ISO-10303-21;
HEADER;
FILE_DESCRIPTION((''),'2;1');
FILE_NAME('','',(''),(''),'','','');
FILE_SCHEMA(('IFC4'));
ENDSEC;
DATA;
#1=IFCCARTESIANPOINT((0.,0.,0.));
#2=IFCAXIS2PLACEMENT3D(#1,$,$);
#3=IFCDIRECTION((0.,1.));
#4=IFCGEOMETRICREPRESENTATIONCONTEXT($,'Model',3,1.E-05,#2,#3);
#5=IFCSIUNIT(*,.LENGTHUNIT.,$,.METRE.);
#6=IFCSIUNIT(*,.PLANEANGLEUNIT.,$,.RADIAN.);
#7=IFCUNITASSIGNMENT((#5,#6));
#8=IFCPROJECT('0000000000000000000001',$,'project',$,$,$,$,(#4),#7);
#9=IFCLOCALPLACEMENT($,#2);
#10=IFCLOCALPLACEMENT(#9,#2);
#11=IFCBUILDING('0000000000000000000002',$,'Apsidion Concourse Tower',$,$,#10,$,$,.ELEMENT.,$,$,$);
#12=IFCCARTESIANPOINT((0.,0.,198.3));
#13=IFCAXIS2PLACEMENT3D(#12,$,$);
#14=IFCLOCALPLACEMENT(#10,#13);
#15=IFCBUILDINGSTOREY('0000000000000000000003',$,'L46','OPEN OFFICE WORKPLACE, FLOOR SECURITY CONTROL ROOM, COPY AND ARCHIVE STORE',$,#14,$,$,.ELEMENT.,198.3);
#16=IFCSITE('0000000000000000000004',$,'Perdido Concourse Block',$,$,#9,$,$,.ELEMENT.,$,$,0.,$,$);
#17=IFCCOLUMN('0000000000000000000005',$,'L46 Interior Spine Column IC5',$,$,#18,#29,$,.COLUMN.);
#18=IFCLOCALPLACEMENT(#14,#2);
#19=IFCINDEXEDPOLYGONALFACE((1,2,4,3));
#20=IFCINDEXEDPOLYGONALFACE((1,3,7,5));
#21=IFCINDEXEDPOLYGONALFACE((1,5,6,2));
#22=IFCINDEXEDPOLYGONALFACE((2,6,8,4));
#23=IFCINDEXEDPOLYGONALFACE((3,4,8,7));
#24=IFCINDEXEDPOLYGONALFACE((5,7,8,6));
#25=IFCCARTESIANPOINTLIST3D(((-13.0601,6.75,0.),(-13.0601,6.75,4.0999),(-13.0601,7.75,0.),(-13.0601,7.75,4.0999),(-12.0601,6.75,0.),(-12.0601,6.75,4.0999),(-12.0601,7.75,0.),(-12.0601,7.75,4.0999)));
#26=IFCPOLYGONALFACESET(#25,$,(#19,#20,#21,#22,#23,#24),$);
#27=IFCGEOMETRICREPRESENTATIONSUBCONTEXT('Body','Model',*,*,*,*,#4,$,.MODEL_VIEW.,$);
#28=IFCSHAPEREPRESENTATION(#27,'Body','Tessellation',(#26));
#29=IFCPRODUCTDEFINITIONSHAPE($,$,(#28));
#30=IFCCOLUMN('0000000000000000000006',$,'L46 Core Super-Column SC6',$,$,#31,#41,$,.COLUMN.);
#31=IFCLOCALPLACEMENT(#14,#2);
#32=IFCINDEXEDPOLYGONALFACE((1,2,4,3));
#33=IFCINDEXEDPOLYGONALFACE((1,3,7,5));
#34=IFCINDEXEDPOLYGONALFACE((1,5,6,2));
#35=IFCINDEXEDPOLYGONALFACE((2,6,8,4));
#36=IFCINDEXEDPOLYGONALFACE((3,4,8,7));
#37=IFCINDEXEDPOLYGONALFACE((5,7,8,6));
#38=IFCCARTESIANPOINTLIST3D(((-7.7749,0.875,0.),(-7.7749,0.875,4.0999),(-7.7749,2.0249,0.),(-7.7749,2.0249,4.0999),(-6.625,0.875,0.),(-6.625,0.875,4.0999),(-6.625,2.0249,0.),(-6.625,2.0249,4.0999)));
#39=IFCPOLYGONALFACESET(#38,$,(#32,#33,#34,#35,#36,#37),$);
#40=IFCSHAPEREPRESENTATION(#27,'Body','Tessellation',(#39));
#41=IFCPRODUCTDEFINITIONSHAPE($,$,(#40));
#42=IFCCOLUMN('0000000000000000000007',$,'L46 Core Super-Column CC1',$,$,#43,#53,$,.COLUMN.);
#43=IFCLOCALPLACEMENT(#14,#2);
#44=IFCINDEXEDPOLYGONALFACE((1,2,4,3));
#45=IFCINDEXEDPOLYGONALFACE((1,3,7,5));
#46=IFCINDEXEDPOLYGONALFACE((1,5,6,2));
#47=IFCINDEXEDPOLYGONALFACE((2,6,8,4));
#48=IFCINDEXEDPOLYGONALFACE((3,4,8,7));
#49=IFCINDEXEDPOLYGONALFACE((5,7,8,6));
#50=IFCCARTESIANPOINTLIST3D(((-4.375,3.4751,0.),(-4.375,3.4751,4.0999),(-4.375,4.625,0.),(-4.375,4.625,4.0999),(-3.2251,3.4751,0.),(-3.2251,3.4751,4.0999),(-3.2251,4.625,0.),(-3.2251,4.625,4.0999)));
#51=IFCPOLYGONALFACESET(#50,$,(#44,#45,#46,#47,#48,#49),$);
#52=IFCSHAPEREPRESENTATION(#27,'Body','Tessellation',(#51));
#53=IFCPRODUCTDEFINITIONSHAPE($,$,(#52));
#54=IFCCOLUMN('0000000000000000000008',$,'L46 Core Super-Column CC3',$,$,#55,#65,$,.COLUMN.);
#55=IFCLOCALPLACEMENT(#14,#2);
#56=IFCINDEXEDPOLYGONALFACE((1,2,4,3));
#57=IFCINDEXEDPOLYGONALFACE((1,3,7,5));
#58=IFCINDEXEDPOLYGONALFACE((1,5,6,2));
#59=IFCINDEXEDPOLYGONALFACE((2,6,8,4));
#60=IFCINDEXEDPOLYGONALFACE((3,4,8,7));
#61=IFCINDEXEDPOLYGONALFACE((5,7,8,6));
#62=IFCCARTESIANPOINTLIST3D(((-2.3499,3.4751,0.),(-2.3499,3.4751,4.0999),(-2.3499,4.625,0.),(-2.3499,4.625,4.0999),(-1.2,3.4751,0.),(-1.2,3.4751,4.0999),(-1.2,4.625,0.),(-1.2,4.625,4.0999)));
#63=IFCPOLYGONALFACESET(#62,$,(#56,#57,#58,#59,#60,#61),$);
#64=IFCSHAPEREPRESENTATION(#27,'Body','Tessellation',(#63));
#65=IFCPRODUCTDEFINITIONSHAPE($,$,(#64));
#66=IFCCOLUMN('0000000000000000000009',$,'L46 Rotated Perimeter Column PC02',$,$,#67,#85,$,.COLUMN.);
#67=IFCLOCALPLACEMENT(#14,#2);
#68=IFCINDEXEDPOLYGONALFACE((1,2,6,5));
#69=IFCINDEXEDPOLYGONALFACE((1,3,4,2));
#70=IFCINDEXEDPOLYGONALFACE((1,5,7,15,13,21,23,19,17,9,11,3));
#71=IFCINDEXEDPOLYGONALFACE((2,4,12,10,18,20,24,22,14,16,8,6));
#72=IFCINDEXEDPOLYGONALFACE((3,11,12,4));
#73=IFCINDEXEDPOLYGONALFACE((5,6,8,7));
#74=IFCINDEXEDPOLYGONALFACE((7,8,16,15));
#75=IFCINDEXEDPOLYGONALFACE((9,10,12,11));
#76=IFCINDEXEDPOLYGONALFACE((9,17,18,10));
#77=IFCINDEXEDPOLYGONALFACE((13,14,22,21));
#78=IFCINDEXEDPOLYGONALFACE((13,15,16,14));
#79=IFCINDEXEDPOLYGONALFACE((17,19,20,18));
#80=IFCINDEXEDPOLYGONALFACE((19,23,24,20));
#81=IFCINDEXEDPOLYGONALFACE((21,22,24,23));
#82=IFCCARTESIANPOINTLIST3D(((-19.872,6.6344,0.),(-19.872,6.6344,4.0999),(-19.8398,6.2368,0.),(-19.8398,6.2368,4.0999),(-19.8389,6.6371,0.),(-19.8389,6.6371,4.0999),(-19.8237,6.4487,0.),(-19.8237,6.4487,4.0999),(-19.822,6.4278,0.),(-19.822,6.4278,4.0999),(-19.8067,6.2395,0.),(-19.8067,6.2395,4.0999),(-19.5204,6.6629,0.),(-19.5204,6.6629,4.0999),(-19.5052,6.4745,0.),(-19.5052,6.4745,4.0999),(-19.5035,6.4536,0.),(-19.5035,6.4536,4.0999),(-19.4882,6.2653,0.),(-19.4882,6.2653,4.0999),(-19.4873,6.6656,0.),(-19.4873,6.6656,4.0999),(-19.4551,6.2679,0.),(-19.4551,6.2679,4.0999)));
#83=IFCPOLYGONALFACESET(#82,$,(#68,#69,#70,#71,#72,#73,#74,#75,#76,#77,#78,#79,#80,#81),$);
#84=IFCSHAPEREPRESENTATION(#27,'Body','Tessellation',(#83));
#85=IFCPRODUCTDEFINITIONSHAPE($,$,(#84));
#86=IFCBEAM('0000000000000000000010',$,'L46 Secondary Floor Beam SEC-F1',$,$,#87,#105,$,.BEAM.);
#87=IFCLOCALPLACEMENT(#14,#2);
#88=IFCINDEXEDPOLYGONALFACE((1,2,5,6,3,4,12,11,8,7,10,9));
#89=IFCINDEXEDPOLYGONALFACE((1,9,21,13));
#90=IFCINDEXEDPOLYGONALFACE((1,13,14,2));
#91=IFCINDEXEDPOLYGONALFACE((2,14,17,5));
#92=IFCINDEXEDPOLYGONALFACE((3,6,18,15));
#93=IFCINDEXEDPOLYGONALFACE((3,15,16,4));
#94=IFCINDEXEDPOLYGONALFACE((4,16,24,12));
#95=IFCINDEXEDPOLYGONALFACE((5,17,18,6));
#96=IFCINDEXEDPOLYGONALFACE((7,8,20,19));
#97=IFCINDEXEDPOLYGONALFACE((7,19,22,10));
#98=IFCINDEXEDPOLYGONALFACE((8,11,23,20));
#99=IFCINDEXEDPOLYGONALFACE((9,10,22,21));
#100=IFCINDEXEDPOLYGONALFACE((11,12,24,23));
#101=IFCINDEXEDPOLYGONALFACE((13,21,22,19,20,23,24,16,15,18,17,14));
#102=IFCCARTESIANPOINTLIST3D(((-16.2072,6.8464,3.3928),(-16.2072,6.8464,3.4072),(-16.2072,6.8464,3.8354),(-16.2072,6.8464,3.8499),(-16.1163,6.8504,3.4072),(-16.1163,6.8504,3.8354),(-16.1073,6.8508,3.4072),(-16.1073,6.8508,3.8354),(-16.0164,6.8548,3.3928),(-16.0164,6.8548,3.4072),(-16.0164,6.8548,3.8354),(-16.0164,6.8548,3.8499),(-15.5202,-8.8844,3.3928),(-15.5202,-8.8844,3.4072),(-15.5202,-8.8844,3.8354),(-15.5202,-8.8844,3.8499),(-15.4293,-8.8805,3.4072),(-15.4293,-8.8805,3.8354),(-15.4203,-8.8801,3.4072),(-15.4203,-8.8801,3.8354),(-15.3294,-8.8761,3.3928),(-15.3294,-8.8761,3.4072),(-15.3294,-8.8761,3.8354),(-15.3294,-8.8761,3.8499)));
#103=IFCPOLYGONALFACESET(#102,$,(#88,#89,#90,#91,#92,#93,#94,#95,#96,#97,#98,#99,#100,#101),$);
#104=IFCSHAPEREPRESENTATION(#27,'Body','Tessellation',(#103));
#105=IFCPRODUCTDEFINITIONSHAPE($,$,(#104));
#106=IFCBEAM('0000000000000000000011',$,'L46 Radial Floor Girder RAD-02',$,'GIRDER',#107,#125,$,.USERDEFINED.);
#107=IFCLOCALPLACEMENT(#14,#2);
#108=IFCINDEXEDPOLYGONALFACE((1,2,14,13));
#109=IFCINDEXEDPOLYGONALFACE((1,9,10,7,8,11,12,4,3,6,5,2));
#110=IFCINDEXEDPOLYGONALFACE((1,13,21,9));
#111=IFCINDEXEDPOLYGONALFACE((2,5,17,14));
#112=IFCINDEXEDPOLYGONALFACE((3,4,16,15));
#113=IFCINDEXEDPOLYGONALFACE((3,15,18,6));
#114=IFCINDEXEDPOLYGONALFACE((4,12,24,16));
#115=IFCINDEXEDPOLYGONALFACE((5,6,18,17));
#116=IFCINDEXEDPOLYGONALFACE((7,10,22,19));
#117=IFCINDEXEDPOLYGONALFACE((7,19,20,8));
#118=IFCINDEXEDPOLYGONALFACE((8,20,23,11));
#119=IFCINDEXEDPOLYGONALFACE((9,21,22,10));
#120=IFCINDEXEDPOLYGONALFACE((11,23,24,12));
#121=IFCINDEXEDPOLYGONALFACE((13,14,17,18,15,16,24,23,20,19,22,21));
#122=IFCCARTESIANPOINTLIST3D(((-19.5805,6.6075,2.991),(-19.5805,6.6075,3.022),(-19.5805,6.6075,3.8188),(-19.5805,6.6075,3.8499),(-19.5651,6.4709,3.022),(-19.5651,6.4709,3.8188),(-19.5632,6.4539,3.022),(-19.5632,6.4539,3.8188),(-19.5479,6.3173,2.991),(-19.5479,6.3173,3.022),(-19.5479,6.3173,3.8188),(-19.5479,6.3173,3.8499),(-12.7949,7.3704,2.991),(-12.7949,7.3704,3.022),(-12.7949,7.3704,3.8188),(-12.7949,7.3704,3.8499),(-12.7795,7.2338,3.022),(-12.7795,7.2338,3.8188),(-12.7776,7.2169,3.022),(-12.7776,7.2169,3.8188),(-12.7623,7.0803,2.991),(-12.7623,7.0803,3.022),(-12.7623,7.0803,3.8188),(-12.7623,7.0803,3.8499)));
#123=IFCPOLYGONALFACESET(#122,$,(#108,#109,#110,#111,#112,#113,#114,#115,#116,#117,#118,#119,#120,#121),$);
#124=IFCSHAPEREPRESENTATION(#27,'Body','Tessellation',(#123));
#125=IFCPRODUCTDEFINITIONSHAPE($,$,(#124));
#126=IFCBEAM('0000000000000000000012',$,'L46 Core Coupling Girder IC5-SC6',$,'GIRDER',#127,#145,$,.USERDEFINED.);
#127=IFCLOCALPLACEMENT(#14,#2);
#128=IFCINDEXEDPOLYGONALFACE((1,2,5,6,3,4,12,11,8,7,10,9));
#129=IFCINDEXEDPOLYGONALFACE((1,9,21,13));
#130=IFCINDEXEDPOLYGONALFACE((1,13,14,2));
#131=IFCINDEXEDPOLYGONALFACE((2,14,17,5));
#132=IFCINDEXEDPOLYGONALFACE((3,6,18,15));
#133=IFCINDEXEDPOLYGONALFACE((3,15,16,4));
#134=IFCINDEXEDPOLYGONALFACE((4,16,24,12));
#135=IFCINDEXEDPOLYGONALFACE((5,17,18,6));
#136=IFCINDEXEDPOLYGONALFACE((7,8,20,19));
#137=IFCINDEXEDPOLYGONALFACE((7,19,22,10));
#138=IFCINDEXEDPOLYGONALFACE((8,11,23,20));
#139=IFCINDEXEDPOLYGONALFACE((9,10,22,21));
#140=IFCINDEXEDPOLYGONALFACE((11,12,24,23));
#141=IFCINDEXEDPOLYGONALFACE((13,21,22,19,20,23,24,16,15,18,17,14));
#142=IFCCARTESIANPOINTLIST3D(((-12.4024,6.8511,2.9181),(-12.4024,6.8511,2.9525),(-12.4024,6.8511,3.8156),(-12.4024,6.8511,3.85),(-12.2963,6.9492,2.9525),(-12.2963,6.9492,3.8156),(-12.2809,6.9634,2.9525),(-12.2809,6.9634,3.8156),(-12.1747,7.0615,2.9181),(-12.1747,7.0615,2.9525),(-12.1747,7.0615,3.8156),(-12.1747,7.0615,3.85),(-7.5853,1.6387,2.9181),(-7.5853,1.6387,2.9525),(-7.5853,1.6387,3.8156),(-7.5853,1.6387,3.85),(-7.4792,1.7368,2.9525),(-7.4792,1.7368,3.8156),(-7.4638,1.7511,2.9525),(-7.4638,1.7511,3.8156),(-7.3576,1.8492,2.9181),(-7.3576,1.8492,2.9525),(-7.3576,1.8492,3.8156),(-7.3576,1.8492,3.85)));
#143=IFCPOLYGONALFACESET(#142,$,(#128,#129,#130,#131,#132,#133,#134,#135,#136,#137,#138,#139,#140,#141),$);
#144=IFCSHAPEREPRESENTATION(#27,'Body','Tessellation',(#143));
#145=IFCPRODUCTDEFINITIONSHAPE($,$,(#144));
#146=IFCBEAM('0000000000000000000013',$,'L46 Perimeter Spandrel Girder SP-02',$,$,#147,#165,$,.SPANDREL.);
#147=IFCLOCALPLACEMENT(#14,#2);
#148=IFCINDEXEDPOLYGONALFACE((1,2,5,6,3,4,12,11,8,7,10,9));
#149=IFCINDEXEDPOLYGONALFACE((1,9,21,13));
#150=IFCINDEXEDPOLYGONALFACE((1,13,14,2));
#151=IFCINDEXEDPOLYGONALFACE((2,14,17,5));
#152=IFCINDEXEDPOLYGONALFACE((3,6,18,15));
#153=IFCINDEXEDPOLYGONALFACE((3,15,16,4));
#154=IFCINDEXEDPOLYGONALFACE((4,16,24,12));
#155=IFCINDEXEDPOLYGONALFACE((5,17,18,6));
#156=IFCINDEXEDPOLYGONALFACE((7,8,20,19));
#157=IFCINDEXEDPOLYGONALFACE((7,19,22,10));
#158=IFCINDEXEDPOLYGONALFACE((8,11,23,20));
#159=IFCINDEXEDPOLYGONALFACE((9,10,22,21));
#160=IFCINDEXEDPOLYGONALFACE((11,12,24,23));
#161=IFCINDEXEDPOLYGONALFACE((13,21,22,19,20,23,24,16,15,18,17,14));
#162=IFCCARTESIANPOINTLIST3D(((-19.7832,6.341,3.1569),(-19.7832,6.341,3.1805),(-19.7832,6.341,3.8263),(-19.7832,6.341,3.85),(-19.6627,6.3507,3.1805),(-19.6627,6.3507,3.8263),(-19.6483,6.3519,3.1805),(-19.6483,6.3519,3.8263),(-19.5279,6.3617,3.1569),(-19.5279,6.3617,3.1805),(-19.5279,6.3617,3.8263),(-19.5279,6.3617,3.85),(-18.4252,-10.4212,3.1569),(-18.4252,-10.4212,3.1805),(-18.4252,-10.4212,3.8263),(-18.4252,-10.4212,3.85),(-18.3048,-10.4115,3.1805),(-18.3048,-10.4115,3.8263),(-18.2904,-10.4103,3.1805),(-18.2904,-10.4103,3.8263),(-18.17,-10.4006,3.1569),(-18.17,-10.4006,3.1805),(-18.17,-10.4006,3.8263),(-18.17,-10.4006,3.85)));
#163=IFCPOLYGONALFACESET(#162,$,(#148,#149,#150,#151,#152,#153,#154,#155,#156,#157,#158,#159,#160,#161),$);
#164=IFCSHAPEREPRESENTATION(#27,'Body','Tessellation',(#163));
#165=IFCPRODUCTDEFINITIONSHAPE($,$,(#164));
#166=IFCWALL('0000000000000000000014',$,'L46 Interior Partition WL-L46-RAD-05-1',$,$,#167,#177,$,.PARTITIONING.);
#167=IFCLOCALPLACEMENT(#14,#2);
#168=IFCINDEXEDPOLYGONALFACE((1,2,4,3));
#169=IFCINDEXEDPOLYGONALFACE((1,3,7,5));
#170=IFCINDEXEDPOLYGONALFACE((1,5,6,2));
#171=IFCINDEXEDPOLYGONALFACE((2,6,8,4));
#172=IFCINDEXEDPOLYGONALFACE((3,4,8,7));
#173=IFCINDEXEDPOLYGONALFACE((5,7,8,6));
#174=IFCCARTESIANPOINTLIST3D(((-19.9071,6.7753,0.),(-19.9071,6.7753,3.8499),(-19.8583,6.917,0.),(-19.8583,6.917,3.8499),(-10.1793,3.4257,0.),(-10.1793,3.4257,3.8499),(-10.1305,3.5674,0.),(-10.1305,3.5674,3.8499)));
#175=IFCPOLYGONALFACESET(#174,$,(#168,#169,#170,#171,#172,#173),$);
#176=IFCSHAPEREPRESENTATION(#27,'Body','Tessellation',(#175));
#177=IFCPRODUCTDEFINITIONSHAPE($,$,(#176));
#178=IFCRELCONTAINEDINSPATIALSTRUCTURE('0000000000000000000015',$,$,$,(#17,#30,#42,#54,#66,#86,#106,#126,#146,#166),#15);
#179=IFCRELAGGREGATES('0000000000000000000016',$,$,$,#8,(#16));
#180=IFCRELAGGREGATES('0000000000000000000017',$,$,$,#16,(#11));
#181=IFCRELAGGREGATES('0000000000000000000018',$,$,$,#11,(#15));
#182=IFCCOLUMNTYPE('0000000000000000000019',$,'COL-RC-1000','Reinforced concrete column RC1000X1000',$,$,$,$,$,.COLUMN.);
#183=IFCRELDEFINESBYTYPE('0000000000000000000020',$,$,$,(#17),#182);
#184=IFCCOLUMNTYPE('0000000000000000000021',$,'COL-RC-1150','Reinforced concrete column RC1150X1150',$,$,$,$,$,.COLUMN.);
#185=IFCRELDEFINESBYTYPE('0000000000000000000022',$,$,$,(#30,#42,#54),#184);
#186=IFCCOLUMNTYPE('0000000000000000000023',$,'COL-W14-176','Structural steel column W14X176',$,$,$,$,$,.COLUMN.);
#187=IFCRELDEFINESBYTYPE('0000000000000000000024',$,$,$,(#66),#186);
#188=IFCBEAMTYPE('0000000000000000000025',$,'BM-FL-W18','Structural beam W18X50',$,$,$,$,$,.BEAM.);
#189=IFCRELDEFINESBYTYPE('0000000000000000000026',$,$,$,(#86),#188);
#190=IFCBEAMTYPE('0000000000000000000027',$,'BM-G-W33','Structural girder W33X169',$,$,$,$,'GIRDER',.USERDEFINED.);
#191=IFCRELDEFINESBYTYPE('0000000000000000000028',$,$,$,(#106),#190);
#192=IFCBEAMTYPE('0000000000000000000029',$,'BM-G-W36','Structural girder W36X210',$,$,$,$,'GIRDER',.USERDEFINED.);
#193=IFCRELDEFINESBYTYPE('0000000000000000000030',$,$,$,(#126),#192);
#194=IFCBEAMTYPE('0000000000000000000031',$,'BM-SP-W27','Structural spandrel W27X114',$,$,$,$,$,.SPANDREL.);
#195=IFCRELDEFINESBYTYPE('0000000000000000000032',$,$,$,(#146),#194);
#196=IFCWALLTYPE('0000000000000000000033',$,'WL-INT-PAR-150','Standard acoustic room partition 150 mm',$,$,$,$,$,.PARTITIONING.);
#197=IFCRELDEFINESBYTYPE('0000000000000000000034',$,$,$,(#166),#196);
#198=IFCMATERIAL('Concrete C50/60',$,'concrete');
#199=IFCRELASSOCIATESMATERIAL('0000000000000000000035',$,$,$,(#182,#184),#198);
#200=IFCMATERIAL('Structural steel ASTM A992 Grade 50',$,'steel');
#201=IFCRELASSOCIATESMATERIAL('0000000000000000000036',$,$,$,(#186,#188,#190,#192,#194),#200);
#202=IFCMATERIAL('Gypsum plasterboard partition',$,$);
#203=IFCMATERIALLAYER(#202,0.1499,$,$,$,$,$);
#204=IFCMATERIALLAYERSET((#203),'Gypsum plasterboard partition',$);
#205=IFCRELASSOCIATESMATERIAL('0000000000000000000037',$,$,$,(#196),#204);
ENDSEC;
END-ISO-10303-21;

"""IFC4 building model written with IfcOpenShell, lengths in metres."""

from ifc_helpers import new_model, si_unit, direction, frame, frame_2d, origin, origin_2d, place, context, subcontext, project, spatial, rectangle, i_section, extrude, material, layer, layer_set, material_profile, profile_set, type_object, element, save


model = new_model("IFC4")

# Units and contexts
model_context = context("Model", 3, precision=1e-05, world=origin(), true_north=direction((0.0, 1.0)))
body_context = subcontext(model_context, "Body", "Model", "MODEL_VIEW")
ifc_project = project(units=[si_unit("LENGTHUNIT", "METRE"), si_unit("PLANEANGLEUNIT", "RADIAN")], contexts=[model_context])

# Site, building, storey
site_placement = place(None, origin())
site = spatial("IfcSite", under=ifc_project, at=site_placement, Name="Perdido Concourse Block", CompositionType="ELEMENT", RefElevation=0.0)
building_placement = place(site_placement, origin())
building = spatial("IfcBuilding", under=site, at=building_placement, Name="Apsidion Concourse Tower", CompositionType="ELEMENT")
storey_placement = place(building_placement, frame((0.0, 0.0, 198.3)))
storey = spatial("IfcBuildingStorey", under=building, at=storey_placement, Name="L46", Description="OPEN OFFICE WORKPLACE, FLOOR SECURITY CONTROL ROOM, COPY AND ARCHIVE STORE", CompositionType="ELEMENT", Elevation=198.3)

# Columns
ifc_material_1 = material(Name="Concrete C50/60", Category="concrete")
ifc_material_profile_1 = material_profile(ifc_material_1, rectangle(XDim=1.0, YDim=1.0, at=origin_2d()), Name="RC 1000x1000")
ifc_profile_set_1 = profile_set([ifc_material_profile_1], Name="Concrete C50/60")
column_type_1 = type_object("IfcColumnType", Name="COL-RC-1000", Description="Reinforced concrete column RC1000X1000", PredefinedType="COLUMN", material=ifc_profile_set_1)
column_1_placement = place(storey_placement, frame((-12.5601, 7.25, 0.0), z_axis=(0.0, 0.0, 1.0), x_axis=(1.0, 0.0, 0.0)))
element("IfcColumn", 1, at=column_1_placement, inside=storey, type_object=column_type_1, Name="L46 Interior Spine Column IC5", PredefinedType="COLUMN", context=body_context, shape_type="SweptSolid", body=[
    extrude(rectangle(XDim=1.0, YDim=1.0, at=origin_2d()), origin(), (0.0, 0.0, 1.0), 4.0999),
])
ifc_material_profile_2 = material_profile(ifc_material_1, rectangle(XDim=1.1499, YDim=1.1499, at=origin_2d()), Name="RC 1150x1150")
ifc_profile_set_2 = profile_set([ifc_material_profile_2], Name="Concrete C50/60")
column_type_2 = type_object("IfcColumnType", Name="COL-RC-1150", Description="Reinforced concrete column RC1150X1150", PredefinedType="COLUMN", material=ifc_profile_set_2)
for number, where, z_axis, x_axis, name in (
    (2, (-7.2, 1.45, 0.0), (0.0, 0.0, 1.0), (1.0, 0.0, 0.0), "L46 Core Super-Column SC6"),
    (3, (-3.8, 4.05, 0.0), (0.0, 0.0, 1.0), (1.0, 0.0, 0.0), "L46 Core Super-Column CC1"),
    (4, (-1.7749, 4.05, 0.0), (0.0, 0.0, 1.0), (1.0, 0.0, 0.0), "L46 Core Super-Column CC3"),
):
    element("IfcColumn", number, at=place(storey_placement, frame(where, z_axis=z_axis, x_axis=x_axis)), inside=storey, type_object=column_type_2, Name=name, PredefinedType="COLUMN", context=body_context, shape_type="SweptSolid", body=[
        extrude(rectangle(XDim=1.1499, YDim=1.1499, at=origin_2d()), origin(), (0.0, 0.0, 1.0), 4.0999),
    ])
ifc_material_2 = material(Name="Structural steel ASTM A992 Grade 50", Category="steel")
ifc_material_profile_3 = material_profile(ifc_material_2, i_section(OverallWidth=0.3989, OverallDepth=0.386, WebThickness=0.021, FlangeThickness=0.0332, at=origin_2d()), Name="W14X176")
ifc_profile_set_3 = profile_set([ifc_material_profile_3], Name="Structural steel ASTM A992 Grade 50")
column_type_3 = type_object("IfcColumnType", Name="COL-W14-176", Description="Structural steel column W14X176", PredefinedType="COLUMN", material=ifc_profile_set_3)
column_2_placement = place(storey_placement, frame((-19.6636, 6.4512, 0.0), z_axis=(0.0, 0.0, 1.0), x_axis=(-0.080721, 0.996737, 0.0)))
element("IfcColumn", 5, at=column_2_placement, inside=storey, type_object=column_type_3, Name="L46 Rotated Perimeter Column PC02", PredefinedType="COLUMN", context=body_context, shape_type="SweptSolid", body=[
    extrude(i_section(OverallWidth=0.3989, OverallDepth=0.386, WebThickness=0.021, FlangeThickness=0.0332, at=origin_2d()), origin(), (0.0, 0.0, 1.0), 4.0999),
])

# Beams
ifc_material_profile_4 = material_profile(ifc_material_2, i_section(OverallWidth=0.1909, OverallDepth=0.457, WebThickness=0.009, FlangeThickness=0.0144, at=origin_2d()), Name="W18X50")
ifc_profile_set_4 = profile_set([ifc_material_profile_4], Name="Structural steel ASTM A992 Grade 50")
beam_type_1 = type_object("IfcBeamType", Name="BM-FL-W18", Description="Structural beam W18X50", PredefinedType="BEAM", material=ifc_profile_set_4)
beam_1_placement = place(storey_placement, frame((-16.1118, 6.8506, 3.6213), z_axis=(0.043631, -0.999048, 0.0), x_axis=(0.999048, 0.043631, 0.0)))
element("IfcBeam", 6, at=beam_1_placement, inside=storey, type_object=beam_type_1, Name="L46 Secondary Floor Beam SEC-F1", PredefinedType="BEAM", context=body_context, shape_type="SweptSolid", body=[
    extrude(i_section(OverallWidth=0.1909, OverallDepth=0.457, WebThickness=0.009, FlangeThickness=0.0144, at=origin_2d()), origin(), (0.0, 0.0, 1.0), 15.7458),
])
ifc_material_profile_5 = material_profile(ifc_material_2, i_section(OverallWidth=0.292, OverallDepth=0.8589, WebThickness=0.0171, FlangeThickness=0.031, at=origin_2d()), Name="W33X169")
ifc_profile_set_5 = profile_set([ifc_material_profile_5], Name="Structural steel ASTM A992 Grade 50")
beam_type_2 = type_object("IfcBeamType", Name="BM-G-W33", Description="Structural girder W33X169", ElementType="GIRDER", PredefinedType="USERDEFINED", material=ifc_profile_set_5)
beam_2_placement = place(storey_placement, frame((-12.7786, 7.2253, 3.4204), z_axis=(-0.993739, -0.11173, 0.0), x_axis=(0.11173, -0.993739, 0.0)))
element("IfcBeam", 7, at=beam_2_placement, inside=storey, type_object=beam_type_2, Name="L46 Radial Floor Girder RAD-02", ObjectType="GIRDER", PredefinedType="USERDEFINED", context=body_context, shape_type="SweptSolid", body=[
    extrude(i_section(OverallWidth=0.292, OverallDepth=0.8589, WebThickness=0.0171, FlangeThickness=0.031, at=origin_2d()), origin(), (0.0, 0.0, 1.0), 6.8284),
])
ifc_material_profile_6 = material_profile(ifc_material_2, i_section(OverallWidth=0.3101, OverallDepth=0.9319, WebThickness=0.021, FlangeThickness=0.0344, at=origin_2d()), Name="W36X210")
ifc_profile_set_6 = profile_set([ifc_material_profile_6], Name="Structural steel ASTM A992 Grade 50")
beam_type_3 = type_object("IfcBeamType", Name="BM-G-W36", Description="Structural girder W36X210", ElementType="GIRDER", PredefinedType="USERDEFINED", material=ifc_profile_set_6)
beam_3_placement = place(storey_placement, frame((-12.2886, 6.9563, 3.384), z_axis=(0.678713, -0.734404, 0.0), x_axis=(0.734404, 0.678713, 0.0)))
element("IfcBeam", 8, at=beam_3_placement, inside=storey, type_object=beam_type_3, Name="L46 Core Coupling Girder IC5-SC6", ObjectType="GIRDER", PredefinedType="USERDEFINED", context=body_context, shape_type="SweptSolid", body=[
    extrude(i_section(OverallWidth=0.3101, OverallDepth=0.9319, WebThickness=0.021, FlangeThickness=0.0344, at=origin_2d()), origin(), (0.0, 0.0, 1.0), 7.0974),
])
ifc_material_profile_7 = material_profile(ifc_material_2, i_section(OverallWidth=0.2561, OverallDepth=0.6931, WebThickness=0.0144, FlangeThickness=0.0237, at=origin_2d()), Name="W27X114")
ifc_profile_set_7 = profile_set([ifc_material_profile_7], Name="Structural steel ASTM A992 Grade 50")
beam_type_4 = type_object("IfcBeamType", Name="BM-SP-W27", Description="Structural spandrel W27X114", PredefinedType="SPANDREL", material=ifc_profile_set_7)
beam_4_placement = place(storey_placement, frame((-19.6555, 6.3513, 3.5034), z_axis=(0.080746, -0.996735, 0.0), x_axis=(0.996735, 0.080746, 0.0)))
element("IfcBeam", 9, at=beam_4_placement, inside=storey, type_object=beam_type_4, Name="L46 Perimeter Spandrel Girder SP-02", PredefinedType="SPANDREL", context=body_context, shape_type="SweptSolid", body=[
    extrude(i_section(OverallWidth=0.2561, OverallDepth=0.6931, WebThickness=0.0144, FlangeThickness=0.0237, at=origin_2d()), origin(), (0.0, 0.0, 1.0), 16.8171),
])

# Wall
ifc_material_3 = material(Name="Gypsum plasterboard partition")
ifc_layer_1 = layer(ifc_material_3, 0.1499)
ifc_layer_set_1 = layer_set([ifc_layer_1], Name="Gypsum plasterboard partition")
wall_type_1 = type_object("IfcWallType", Name="WL-INT-PAR-150", Description="Standard acoustic room partition 150 mm", PredefinedType="PARTITIONING", material=ifc_layer_set_1)
wall_1_placement = place(storey_placement, frame((-10.155, 3.4966, 0.0), z_axis=(0.0, 0.0, 1.0), x_axis=(-0.945517, 0.325574, 0.0)))
element("IfcWall", 10, at=wall_1_placement, inside=storey, type_object=wall_type_1, Name="L46 Interior Partition WL-L46-RAD-05-1", PredefinedType="PARTITIONING", context=body_context, shape_type="SweptSolid", body=[
    extrude(rectangle(XDim=10.2883, YDim=0.1499, at=frame_2d((5.144, 0.0))), origin(), (0.0, 0.0, 1.0), 3.8499),
])

save(model, "model.ifc")
